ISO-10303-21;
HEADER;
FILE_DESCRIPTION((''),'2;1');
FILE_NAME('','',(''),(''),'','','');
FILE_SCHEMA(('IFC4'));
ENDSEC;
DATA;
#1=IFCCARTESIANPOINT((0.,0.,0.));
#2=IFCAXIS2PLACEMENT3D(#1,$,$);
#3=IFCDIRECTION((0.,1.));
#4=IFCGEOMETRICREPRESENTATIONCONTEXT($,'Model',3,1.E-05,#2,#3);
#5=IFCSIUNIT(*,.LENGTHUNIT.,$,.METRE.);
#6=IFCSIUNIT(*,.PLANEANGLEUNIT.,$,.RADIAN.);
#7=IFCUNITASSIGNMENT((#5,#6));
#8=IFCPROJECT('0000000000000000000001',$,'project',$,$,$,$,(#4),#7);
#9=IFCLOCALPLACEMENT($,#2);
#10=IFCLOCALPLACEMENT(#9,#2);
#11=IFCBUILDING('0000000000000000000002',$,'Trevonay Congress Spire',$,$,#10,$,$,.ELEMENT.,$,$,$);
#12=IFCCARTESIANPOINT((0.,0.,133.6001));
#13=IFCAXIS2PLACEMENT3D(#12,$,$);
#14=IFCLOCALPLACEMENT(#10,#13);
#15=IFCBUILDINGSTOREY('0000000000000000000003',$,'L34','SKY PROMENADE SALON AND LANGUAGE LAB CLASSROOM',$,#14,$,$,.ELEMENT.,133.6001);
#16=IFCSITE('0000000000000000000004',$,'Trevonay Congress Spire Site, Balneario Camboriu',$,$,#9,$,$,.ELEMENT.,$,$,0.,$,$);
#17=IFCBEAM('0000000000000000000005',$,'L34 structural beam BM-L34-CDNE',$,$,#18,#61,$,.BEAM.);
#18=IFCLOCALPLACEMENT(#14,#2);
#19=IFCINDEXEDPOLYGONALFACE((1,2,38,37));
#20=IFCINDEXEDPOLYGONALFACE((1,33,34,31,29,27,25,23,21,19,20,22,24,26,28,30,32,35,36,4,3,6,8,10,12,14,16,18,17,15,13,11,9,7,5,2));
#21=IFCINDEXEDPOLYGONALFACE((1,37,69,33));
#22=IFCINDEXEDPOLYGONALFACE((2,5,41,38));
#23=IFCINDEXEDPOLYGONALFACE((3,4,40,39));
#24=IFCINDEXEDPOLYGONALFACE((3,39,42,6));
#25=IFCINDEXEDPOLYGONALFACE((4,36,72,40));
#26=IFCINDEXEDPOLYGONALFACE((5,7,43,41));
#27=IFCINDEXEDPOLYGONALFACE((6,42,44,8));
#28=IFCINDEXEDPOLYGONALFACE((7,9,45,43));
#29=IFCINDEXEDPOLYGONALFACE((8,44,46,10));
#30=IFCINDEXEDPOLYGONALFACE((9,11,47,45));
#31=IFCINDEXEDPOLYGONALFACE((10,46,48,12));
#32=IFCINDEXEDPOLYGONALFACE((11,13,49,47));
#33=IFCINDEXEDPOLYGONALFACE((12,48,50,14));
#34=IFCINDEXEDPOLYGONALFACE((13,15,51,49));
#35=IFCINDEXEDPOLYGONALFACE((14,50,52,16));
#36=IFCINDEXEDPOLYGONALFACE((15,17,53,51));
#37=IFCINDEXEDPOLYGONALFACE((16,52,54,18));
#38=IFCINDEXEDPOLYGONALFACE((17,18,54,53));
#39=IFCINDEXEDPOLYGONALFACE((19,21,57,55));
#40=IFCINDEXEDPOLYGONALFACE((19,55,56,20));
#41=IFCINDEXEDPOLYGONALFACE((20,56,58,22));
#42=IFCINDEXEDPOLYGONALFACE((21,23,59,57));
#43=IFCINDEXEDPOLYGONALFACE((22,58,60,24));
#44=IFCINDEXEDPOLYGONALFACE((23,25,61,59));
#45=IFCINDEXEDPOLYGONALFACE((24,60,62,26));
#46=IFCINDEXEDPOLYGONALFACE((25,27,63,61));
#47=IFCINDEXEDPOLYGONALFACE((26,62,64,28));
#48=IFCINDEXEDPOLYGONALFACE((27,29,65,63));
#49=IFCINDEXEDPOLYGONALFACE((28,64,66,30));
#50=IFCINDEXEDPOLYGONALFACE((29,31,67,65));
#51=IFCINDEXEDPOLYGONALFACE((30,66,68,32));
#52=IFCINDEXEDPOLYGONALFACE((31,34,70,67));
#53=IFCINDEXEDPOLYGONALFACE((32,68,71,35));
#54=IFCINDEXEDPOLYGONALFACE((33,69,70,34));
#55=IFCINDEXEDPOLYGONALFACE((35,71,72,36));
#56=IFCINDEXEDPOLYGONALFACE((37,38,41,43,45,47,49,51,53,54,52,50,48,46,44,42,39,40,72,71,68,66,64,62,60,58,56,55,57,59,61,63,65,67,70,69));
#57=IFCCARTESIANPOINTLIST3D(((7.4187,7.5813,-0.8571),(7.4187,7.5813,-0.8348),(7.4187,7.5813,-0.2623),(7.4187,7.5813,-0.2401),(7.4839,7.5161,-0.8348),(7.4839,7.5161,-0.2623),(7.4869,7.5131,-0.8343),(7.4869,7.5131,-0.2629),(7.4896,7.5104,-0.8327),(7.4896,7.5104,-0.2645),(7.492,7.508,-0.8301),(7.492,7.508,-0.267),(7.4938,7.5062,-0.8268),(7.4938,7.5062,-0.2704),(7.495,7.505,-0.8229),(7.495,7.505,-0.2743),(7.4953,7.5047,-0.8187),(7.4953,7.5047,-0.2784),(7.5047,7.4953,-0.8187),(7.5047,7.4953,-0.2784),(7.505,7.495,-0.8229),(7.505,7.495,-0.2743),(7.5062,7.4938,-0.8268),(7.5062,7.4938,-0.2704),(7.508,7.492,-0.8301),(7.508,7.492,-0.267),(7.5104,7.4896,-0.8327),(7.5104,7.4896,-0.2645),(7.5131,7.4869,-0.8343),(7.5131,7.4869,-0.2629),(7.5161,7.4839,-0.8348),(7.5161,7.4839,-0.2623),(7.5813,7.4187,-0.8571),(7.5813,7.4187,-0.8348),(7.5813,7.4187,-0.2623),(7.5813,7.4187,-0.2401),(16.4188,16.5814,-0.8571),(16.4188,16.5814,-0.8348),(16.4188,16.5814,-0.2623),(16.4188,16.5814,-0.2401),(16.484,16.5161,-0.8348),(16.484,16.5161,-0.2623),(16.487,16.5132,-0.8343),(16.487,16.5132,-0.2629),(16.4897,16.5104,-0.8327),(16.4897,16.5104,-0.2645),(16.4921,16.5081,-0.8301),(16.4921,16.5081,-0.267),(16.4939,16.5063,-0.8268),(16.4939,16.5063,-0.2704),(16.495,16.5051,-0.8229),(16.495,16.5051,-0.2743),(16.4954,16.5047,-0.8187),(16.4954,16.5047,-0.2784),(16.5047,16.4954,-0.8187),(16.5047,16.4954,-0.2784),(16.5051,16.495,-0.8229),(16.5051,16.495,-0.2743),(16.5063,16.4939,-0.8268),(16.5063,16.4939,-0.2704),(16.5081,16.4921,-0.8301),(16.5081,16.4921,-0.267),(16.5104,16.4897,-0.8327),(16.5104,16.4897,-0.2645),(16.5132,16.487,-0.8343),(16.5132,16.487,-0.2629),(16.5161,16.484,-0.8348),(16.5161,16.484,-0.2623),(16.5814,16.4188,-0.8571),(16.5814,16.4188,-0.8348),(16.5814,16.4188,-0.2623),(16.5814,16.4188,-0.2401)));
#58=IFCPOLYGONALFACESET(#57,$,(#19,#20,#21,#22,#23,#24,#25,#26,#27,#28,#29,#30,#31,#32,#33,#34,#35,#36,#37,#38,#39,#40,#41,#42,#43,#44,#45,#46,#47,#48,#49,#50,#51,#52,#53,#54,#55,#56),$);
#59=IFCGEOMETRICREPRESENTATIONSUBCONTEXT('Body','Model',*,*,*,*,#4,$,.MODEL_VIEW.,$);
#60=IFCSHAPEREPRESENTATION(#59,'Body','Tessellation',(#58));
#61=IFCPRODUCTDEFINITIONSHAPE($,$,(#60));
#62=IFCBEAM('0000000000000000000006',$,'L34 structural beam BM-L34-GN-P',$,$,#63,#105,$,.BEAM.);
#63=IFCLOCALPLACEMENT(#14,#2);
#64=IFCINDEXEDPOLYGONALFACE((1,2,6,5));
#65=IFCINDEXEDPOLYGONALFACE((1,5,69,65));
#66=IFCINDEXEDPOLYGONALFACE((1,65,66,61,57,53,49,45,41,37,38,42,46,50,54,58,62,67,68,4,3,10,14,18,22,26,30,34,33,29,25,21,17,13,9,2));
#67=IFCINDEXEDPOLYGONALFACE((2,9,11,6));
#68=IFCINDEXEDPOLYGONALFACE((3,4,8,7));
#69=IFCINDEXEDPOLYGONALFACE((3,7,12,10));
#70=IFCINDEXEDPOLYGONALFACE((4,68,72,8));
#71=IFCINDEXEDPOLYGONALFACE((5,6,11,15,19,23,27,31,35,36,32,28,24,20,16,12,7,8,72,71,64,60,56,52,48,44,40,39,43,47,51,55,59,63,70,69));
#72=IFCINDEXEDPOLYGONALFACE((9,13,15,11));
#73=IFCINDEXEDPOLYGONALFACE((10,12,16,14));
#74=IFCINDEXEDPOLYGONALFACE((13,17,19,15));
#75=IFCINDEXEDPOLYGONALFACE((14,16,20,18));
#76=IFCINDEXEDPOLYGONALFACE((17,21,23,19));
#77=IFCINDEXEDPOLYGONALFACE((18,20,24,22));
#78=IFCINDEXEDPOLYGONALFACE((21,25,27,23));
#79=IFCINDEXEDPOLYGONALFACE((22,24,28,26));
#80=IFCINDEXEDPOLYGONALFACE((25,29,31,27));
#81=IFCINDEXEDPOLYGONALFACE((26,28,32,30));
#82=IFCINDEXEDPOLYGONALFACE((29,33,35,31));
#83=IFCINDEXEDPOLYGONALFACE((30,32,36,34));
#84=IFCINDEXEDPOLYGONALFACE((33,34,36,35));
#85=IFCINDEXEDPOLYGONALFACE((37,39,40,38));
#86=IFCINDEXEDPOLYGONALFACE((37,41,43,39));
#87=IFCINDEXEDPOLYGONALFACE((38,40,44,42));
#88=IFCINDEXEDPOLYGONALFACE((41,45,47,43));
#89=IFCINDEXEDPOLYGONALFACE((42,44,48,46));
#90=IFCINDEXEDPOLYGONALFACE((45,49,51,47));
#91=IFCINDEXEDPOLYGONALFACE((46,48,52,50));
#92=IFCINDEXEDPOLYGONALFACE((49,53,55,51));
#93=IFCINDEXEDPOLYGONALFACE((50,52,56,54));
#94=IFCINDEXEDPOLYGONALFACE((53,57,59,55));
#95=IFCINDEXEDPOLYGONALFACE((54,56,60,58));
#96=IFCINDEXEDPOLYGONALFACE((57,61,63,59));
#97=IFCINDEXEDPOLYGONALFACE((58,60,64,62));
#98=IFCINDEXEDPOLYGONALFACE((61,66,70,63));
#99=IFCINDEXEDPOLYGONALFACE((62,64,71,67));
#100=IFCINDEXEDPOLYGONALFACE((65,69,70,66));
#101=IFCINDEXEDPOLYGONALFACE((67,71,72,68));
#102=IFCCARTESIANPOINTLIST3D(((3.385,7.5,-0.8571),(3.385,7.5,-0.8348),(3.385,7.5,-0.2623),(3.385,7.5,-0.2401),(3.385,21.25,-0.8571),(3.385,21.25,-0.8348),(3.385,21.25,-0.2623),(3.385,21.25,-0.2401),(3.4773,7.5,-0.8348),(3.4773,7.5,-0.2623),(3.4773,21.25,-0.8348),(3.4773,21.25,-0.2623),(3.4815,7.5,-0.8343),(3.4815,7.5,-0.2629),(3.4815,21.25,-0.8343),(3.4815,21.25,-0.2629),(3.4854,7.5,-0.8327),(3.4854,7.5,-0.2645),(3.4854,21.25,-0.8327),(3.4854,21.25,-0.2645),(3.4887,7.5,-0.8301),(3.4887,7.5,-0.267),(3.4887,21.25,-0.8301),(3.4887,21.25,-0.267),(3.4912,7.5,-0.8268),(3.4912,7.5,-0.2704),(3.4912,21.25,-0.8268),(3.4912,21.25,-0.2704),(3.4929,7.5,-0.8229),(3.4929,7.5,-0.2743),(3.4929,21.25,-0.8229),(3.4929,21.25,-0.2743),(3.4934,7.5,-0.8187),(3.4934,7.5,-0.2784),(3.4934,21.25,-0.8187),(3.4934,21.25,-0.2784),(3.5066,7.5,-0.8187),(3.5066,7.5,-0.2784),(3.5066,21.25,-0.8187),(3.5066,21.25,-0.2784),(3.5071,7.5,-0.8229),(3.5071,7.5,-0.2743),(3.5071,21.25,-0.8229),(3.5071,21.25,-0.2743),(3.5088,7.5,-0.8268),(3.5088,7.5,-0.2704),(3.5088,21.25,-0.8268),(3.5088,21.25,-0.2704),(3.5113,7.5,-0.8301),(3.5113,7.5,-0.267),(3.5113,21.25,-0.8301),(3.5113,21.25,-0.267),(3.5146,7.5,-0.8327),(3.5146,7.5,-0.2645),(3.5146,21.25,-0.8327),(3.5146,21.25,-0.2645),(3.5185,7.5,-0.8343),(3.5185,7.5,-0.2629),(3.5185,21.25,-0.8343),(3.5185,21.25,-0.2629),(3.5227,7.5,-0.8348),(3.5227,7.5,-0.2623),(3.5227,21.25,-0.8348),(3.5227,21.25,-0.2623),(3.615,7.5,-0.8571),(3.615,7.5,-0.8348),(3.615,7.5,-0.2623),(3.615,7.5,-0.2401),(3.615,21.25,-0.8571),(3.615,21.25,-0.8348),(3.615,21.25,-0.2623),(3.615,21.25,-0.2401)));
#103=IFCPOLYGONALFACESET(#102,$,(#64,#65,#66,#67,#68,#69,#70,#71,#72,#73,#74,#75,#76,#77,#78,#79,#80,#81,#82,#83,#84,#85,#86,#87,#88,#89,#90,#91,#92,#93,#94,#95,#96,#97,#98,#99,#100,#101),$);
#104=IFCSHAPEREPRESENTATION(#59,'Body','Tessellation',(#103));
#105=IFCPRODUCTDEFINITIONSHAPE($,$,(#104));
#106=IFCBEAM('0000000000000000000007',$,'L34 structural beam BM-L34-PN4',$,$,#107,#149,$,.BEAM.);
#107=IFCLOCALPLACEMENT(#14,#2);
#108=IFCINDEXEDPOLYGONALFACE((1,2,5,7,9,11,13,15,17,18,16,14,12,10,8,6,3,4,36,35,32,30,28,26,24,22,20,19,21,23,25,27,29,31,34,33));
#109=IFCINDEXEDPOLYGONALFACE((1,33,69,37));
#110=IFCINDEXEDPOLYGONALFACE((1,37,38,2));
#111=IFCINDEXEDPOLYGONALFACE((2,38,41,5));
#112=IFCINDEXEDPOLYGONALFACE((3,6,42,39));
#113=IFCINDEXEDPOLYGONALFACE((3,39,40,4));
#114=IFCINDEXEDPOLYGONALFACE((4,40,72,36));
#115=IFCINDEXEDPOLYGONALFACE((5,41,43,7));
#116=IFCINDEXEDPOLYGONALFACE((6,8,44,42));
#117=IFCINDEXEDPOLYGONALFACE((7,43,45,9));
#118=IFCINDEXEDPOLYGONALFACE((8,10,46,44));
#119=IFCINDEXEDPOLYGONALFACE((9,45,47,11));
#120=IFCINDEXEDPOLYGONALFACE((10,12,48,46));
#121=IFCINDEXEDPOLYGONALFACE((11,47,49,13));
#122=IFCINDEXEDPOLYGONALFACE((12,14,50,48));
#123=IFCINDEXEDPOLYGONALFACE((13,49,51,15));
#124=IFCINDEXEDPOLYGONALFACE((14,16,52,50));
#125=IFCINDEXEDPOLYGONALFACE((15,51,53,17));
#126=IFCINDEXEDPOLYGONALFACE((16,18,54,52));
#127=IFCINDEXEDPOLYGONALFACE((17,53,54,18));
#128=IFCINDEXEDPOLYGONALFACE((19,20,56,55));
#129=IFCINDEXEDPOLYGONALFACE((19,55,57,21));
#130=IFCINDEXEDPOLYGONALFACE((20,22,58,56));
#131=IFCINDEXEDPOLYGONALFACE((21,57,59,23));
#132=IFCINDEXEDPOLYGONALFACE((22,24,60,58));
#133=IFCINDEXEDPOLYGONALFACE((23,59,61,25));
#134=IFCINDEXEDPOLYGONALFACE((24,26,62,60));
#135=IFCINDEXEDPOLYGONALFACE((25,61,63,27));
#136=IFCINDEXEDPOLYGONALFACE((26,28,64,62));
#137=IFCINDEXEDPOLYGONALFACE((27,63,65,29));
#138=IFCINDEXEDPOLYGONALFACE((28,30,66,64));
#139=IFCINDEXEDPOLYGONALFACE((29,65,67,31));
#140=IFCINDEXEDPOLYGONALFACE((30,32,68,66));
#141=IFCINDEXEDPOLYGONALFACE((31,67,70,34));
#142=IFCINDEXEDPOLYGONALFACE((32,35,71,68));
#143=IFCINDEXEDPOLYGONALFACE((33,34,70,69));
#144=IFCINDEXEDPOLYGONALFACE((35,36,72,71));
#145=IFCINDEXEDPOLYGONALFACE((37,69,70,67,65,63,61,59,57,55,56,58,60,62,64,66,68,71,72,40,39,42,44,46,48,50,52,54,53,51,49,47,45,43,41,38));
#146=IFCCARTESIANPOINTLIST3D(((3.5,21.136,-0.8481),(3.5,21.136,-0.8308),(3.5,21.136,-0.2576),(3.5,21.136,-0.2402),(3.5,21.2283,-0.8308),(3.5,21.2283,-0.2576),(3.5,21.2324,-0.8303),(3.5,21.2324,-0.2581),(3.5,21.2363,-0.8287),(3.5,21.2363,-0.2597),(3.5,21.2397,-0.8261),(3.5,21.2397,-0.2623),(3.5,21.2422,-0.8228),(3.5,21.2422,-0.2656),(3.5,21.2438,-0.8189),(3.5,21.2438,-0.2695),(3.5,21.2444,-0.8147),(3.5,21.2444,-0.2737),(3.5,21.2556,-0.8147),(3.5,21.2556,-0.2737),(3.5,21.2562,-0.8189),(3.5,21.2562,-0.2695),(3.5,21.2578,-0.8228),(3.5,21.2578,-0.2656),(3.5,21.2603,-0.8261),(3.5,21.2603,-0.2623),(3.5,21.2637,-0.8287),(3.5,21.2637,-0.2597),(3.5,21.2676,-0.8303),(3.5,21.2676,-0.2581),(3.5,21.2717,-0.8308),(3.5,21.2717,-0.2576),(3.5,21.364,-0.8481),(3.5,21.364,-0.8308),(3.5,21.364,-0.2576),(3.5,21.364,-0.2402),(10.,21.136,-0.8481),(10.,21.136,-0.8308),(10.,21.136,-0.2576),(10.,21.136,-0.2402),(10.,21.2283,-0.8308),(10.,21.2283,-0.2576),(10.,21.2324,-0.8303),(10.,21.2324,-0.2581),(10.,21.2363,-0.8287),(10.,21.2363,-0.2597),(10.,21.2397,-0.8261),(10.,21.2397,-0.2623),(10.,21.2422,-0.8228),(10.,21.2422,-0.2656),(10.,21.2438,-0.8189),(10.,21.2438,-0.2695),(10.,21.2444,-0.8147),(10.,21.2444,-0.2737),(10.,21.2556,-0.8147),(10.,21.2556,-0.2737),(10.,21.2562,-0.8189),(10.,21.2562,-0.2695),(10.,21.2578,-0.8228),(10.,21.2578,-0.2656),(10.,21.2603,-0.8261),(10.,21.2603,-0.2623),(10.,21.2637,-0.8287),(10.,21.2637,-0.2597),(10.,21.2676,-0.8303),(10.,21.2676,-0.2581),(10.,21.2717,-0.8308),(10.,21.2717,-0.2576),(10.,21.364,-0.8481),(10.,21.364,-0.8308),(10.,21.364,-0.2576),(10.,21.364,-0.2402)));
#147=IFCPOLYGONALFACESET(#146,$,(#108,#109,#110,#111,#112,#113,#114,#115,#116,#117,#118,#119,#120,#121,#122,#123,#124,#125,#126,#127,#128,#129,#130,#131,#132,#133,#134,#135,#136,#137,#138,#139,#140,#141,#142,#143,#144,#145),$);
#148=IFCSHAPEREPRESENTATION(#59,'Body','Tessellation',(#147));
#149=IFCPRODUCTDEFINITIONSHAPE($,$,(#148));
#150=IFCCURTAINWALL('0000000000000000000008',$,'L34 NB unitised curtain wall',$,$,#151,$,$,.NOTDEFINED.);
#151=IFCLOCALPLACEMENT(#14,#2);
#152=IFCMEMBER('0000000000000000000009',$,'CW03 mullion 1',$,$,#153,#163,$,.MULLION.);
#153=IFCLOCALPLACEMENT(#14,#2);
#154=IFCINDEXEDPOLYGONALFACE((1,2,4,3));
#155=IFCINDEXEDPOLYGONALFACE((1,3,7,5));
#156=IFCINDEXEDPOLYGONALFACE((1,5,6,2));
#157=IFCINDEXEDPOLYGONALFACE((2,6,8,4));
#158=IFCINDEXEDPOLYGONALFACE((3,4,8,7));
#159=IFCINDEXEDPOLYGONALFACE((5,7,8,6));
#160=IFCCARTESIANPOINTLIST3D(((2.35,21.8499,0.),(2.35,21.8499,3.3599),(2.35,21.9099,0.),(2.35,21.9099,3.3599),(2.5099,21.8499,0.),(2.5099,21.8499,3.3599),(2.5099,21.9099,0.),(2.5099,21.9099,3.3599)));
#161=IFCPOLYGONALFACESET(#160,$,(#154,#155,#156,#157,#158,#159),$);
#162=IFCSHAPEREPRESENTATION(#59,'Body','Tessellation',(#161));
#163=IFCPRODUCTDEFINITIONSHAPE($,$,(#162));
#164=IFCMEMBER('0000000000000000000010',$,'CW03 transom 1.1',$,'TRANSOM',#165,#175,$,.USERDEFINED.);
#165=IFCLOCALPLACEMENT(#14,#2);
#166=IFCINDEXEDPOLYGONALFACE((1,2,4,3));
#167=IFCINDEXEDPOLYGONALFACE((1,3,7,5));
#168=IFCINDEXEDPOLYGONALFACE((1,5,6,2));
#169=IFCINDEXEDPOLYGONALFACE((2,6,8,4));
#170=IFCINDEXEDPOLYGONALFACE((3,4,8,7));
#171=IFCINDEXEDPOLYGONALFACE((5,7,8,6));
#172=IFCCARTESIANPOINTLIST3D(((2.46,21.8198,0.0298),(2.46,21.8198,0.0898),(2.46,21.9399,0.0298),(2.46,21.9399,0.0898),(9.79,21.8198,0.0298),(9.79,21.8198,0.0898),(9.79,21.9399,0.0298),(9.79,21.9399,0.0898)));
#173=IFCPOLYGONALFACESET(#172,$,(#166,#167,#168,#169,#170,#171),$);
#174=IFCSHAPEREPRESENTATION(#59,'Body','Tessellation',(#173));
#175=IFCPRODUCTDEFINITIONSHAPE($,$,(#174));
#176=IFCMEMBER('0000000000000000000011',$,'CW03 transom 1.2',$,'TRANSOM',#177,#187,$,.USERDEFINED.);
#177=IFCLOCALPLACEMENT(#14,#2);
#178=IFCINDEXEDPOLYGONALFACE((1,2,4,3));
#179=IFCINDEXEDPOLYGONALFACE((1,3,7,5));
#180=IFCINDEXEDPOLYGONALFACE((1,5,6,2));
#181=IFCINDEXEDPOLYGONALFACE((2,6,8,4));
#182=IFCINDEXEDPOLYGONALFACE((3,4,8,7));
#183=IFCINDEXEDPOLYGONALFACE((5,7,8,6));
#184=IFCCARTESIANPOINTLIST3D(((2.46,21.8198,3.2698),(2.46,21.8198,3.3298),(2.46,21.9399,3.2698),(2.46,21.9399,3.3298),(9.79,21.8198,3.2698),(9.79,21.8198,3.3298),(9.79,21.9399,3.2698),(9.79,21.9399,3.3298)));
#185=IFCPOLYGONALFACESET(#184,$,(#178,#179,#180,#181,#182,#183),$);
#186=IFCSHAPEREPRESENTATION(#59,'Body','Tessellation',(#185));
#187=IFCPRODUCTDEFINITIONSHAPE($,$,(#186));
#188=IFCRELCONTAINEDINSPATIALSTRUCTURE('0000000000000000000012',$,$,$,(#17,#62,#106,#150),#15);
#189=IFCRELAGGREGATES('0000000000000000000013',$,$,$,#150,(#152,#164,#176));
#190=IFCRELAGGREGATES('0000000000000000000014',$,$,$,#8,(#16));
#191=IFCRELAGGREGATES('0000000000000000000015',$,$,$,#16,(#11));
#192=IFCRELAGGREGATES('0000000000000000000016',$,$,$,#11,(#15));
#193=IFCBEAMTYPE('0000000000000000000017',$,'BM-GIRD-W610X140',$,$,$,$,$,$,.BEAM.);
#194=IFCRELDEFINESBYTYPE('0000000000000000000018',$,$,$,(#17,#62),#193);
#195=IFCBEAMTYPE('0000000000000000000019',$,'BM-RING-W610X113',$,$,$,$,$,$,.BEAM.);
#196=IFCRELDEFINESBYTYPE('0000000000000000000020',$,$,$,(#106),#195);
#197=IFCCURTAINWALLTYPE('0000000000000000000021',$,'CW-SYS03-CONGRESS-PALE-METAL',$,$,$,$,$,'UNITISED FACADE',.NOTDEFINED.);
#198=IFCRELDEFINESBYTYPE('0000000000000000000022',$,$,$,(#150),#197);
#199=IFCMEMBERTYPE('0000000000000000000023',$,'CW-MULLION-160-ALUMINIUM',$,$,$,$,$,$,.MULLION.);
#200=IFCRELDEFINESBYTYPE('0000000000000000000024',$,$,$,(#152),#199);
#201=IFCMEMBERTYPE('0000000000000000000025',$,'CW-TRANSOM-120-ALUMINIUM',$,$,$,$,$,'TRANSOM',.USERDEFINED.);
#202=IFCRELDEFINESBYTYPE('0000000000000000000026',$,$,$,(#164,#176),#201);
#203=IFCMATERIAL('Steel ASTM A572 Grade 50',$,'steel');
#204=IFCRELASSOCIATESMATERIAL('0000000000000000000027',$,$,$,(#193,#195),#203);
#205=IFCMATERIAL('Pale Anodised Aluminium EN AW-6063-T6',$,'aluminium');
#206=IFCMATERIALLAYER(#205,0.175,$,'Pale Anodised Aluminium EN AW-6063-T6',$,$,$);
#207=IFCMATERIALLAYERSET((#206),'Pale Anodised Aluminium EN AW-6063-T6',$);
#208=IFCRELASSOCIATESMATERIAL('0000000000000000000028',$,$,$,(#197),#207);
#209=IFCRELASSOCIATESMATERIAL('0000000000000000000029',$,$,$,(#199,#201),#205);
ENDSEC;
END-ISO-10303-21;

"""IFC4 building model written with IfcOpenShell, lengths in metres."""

from ifc_helpers import new_model, si_unit, direction, frame, origin, origin_2d, place, context, subcontext, project, spatial, rectangle, i_section, extrude, material, layer, layer_set, material_profile, profile_set, type_object, element, aggregate, save


model = new_model("IFC4")

# Units and contexts
model_context = context("Model", 3, precision=1e-05, world=origin(), true_north=direction((0.0, 1.0)))
body_context = subcontext(model_context, "Body", "Model", "MODEL_VIEW")
ifc_project = project(units=[si_unit("LENGTHUNIT", "METRE"), si_unit("PLANEANGLEUNIT", "RADIAN")], contexts=[model_context])

# Site, building, storey
site_placement = place(None, origin())
site = spatial("IfcSite", under=ifc_project, at=site_placement, Name="Trevonay Congress Spire Site, Balneario Camboriu", CompositionType="ELEMENT", RefElevation=0.0)
building_placement = place(site_placement, origin())
building = spatial("IfcBuilding", under=site, at=building_placement, Name="Trevonay Congress Spire", CompositionType="ELEMENT")
storey_placement = place(building_placement, frame((0.0, 0.0, 133.6001)))
storey = spatial("IfcBuildingStorey", under=building, at=storey_placement, Name="L34", Description="SKY PROMENADE SALON AND LANGUAGE LAB CLASSROOM", CompositionType="ELEMENT", Elevation=133.6001)

# Shared definitions
ifc_material_1 = material(Name="Steel ASTM A572 Grade 50", Category="steel")

# Beams
ifc_material_profile_1 = material_profile(ifc_material_1, i_section(OverallWidth=0.23, OverallDepth=0.6169, WebThickness=0.0132, FlangeThickness=0.0222, FilletRadius=0.0161, at=origin_2d()), Name="W610x140")
ifc_profile_set_1 = profile_set([ifc_material_profile_1], Name="Steel ASTM A572 Grade 50")
beam_type_1 = type_object("IfcBeamType", Name="BM-GIRD-W610X140", PredefinedType="BEAM", material=ifc_profile_set_1)
beam_1_placement = place(storey_placement, frame((7.5, 7.5, -0.5486), z_axis=(0.707107, 0.707107, 0.0), x_axis=(-0.707107, 0.707107, 0.0)))
element("IfcBeam", 1, at=beam_1_placement, inside=storey, type_object=beam_type_1, Name="L34 structural beam BM-L34-CDNE", PredefinedType="BEAM", context=body_context, shape_type="SweptSolid", body=[
    extrude(i_section(OverallWidth=0.23, OverallDepth=0.6169, WebThickness=0.0132, FlangeThickness=0.0222, FilletRadius=0.0161, at=origin_2d()), origin(), (0.0, 0.0, 1.0), 12.728),
])
beam_2_placement = place(storey_placement, frame((3.5, 7.5, -0.5486), z_axis=(0.0, 1.0, 0.0), x_axis=(-1.0, 0.0, 0.0)))
element("IfcBeam", 2, at=beam_2_placement, inside=storey, type_object=beam_type_1, Name="L34 structural beam BM-L34-GN-P", PredefinedType="BEAM", context=body_context, shape_type="SweptSolid", body=[
    extrude(i_section(OverallWidth=0.23, OverallDepth=0.6169, WebThickness=0.0132, FlangeThickness=0.0222, FilletRadius=0.0161, at=origin_2d()), origin(), (0.0, 0.0, 1.0), 13.75),
])
ifc_material_profile_2 = material_profile(ifc_material_1, i_section(OverallWidth=0.228, OverallDepth=0.6079, WebThickness=0.0112, FlangeThickness=0.0173, FilletRadius=0.0161, at=origin_2d()), Name="W610x113")
ifc_profile_set_2 = profile_set([ifc_material_profile_2], Name="Steel ASTM A572 Grade 50")
beam_type_2 = type_object("IfcBeamType", Name="BM-RING-W610X113", PredefinedType="BEAM", material=ifc_profile_set_2)
beam_3_placement = place(storey_placement, frame((3.5, 21.25, -0.5442), z_axis=(1.0, 0.0, 0.0), x_axis=(0.0, 1.0, 0.0)))
element("IfcBeam", 3, at=beam_3_placement, inside=storey, type_object=beam_type_2, Name="L34 structural beam BM-L34-PN4", PredefinedType="BEAM", context=body_context, shape_type="SweptSolid", body=[
    extrude(i_section(OverallWidth=0.228, OverallDepth=0.6079, WebThickness=0.0112, FlangeThickness=0.0173, FilletRadius=0.0161, at=origin_2d()), origin(), (0.0, 0.0, 1.0), 6.5),
])

# Curtain wall, members
ifc_material_2 = material(Name="Pale Anodised Aluminium EN AW-6063-T6", Category="aluminium")
ifc_layer_1 = layer(ifc_material_2, 0.175, Name="Pale Anodised Aluminium EN AW-6063-T6")
ifc_layer_set_1 = layer_set([ifc_layer_1], Name="Pale Anodised Aluminium EN AW-6063-T6")
curtain_wall_type = type_object("IfcCurtainWallType", Name="CW-SYS03-CONGRESS-PALE-METAL", ElementType="UNITISED FACADE", PredefinedType="NOTDEFINED", material=ifc_layer_set_1)
curtain_wall_placement = place(storey_placement, origin())
curtain_wall = element("IfcCurtainWall", 4, at=curtain_wall_placement, inside=storey, type_object=curtain_wall_type, Name="L34 NB unitised curtain wall", PredefinedType="NOTDEFINED")
ifc_material_profile_3 = material_profile(ifc_material_2, rectangle(XDim=0.0601, YDim=0.1599, at=origin_2d()), Name="CW-MULLION-160-ALUMINIUM")
ifc_profile_set_3 = profile_set([ifc_material_profile_3], Name="Pale Anodised Aluminium EN AW-6063-T6")
member_type_1 = type_object("IfcMemberType", Name="CW-MULLION-160-ALUMINIUM", PredefinedType="MULLION", material=ifc_profile_set_3)
member_1_placement = place(storey_placement, frame((2.4299, 21.8799, 0.0), z_axis=(0.0, 0.0, 1.0), x_axis=(0.0, 1.0, 0.0)))
member_1 = element("IfcMember", 5, at=member_1_placement, type_object=member_type_1, Name="CW03 mullion 1", PredefinedType="MULLION", context=body_context, shape_type="SweptSolid", body=[
    extrude(rectangle(XDim=0.0601, YDim=0.1599, at=origin_2d()), origin(), (0.0, 0.0, 1.0), 3.3599),
])
ifc_material_profile_4 = material_profile(ifc_material_2, rectangle(XDim=0.1201, YDim=0.0601, at=origin_2d()), Name="CW-TRANSOM-120-ALUMINIUM")
ifc_profile_set_4 = profile_set([ifc_material_profile_4], Name="Pale Anodised Aluminium EN AW-6063-T6")
member_type_2 = type_object("IfcMemberType", Name="CW-TRANSOM-120-ALUMINIUM", ElementType="TRANSOM", PredefinedType="USERDEFINED", material=ifc_profile_set_4)
member_2_placement = place(storey_placement, frame((2.46, 21.8799, 0.0598), z_axis=(1.0, 0.0, 0.0), x_axis=(0.0, 1.0, 0.0)))
member_2 = element("IfcMember", 6, at=member_2_placement, type_object=member_type_2, Name="CW03 transom 1.1", ObjectType="TRANSOM", PredefinedType="USERDEFINED", context=body_context, shape_type="SweptSolid", body=[
    extrude(rectangle(XDim=0.1201, YDim=0.0601, at=origin_2d()), origin(), (0.0, 0.0, 1.0), 7.3301),
])
member_3_placement = place(storey_placement, frame((2.46, 21.8799, 3.2998), z_axis=(1.0, 0.0, 0.0), x_axis=(0.0, 1.0, 0.0)))
member_3 = element("IfcMember", 7, at=member_3_placement, type_object=member_type_2, Name="CW03 transom 1.2", ObjectType="TRANSOM", PredefinedType="USERDEFINED", context=body_context, shape_type="SweptSolid", body=[
    extrude(rectangle(XDim=0.1201, YDim=0.0601, at=origin_2d()), origin(), (0.0, 0.0, 1.0), 7.3301),
])

aggregate(curtain_wall, [member_1, member_2, member_3])

save(model, "model.ifc")
